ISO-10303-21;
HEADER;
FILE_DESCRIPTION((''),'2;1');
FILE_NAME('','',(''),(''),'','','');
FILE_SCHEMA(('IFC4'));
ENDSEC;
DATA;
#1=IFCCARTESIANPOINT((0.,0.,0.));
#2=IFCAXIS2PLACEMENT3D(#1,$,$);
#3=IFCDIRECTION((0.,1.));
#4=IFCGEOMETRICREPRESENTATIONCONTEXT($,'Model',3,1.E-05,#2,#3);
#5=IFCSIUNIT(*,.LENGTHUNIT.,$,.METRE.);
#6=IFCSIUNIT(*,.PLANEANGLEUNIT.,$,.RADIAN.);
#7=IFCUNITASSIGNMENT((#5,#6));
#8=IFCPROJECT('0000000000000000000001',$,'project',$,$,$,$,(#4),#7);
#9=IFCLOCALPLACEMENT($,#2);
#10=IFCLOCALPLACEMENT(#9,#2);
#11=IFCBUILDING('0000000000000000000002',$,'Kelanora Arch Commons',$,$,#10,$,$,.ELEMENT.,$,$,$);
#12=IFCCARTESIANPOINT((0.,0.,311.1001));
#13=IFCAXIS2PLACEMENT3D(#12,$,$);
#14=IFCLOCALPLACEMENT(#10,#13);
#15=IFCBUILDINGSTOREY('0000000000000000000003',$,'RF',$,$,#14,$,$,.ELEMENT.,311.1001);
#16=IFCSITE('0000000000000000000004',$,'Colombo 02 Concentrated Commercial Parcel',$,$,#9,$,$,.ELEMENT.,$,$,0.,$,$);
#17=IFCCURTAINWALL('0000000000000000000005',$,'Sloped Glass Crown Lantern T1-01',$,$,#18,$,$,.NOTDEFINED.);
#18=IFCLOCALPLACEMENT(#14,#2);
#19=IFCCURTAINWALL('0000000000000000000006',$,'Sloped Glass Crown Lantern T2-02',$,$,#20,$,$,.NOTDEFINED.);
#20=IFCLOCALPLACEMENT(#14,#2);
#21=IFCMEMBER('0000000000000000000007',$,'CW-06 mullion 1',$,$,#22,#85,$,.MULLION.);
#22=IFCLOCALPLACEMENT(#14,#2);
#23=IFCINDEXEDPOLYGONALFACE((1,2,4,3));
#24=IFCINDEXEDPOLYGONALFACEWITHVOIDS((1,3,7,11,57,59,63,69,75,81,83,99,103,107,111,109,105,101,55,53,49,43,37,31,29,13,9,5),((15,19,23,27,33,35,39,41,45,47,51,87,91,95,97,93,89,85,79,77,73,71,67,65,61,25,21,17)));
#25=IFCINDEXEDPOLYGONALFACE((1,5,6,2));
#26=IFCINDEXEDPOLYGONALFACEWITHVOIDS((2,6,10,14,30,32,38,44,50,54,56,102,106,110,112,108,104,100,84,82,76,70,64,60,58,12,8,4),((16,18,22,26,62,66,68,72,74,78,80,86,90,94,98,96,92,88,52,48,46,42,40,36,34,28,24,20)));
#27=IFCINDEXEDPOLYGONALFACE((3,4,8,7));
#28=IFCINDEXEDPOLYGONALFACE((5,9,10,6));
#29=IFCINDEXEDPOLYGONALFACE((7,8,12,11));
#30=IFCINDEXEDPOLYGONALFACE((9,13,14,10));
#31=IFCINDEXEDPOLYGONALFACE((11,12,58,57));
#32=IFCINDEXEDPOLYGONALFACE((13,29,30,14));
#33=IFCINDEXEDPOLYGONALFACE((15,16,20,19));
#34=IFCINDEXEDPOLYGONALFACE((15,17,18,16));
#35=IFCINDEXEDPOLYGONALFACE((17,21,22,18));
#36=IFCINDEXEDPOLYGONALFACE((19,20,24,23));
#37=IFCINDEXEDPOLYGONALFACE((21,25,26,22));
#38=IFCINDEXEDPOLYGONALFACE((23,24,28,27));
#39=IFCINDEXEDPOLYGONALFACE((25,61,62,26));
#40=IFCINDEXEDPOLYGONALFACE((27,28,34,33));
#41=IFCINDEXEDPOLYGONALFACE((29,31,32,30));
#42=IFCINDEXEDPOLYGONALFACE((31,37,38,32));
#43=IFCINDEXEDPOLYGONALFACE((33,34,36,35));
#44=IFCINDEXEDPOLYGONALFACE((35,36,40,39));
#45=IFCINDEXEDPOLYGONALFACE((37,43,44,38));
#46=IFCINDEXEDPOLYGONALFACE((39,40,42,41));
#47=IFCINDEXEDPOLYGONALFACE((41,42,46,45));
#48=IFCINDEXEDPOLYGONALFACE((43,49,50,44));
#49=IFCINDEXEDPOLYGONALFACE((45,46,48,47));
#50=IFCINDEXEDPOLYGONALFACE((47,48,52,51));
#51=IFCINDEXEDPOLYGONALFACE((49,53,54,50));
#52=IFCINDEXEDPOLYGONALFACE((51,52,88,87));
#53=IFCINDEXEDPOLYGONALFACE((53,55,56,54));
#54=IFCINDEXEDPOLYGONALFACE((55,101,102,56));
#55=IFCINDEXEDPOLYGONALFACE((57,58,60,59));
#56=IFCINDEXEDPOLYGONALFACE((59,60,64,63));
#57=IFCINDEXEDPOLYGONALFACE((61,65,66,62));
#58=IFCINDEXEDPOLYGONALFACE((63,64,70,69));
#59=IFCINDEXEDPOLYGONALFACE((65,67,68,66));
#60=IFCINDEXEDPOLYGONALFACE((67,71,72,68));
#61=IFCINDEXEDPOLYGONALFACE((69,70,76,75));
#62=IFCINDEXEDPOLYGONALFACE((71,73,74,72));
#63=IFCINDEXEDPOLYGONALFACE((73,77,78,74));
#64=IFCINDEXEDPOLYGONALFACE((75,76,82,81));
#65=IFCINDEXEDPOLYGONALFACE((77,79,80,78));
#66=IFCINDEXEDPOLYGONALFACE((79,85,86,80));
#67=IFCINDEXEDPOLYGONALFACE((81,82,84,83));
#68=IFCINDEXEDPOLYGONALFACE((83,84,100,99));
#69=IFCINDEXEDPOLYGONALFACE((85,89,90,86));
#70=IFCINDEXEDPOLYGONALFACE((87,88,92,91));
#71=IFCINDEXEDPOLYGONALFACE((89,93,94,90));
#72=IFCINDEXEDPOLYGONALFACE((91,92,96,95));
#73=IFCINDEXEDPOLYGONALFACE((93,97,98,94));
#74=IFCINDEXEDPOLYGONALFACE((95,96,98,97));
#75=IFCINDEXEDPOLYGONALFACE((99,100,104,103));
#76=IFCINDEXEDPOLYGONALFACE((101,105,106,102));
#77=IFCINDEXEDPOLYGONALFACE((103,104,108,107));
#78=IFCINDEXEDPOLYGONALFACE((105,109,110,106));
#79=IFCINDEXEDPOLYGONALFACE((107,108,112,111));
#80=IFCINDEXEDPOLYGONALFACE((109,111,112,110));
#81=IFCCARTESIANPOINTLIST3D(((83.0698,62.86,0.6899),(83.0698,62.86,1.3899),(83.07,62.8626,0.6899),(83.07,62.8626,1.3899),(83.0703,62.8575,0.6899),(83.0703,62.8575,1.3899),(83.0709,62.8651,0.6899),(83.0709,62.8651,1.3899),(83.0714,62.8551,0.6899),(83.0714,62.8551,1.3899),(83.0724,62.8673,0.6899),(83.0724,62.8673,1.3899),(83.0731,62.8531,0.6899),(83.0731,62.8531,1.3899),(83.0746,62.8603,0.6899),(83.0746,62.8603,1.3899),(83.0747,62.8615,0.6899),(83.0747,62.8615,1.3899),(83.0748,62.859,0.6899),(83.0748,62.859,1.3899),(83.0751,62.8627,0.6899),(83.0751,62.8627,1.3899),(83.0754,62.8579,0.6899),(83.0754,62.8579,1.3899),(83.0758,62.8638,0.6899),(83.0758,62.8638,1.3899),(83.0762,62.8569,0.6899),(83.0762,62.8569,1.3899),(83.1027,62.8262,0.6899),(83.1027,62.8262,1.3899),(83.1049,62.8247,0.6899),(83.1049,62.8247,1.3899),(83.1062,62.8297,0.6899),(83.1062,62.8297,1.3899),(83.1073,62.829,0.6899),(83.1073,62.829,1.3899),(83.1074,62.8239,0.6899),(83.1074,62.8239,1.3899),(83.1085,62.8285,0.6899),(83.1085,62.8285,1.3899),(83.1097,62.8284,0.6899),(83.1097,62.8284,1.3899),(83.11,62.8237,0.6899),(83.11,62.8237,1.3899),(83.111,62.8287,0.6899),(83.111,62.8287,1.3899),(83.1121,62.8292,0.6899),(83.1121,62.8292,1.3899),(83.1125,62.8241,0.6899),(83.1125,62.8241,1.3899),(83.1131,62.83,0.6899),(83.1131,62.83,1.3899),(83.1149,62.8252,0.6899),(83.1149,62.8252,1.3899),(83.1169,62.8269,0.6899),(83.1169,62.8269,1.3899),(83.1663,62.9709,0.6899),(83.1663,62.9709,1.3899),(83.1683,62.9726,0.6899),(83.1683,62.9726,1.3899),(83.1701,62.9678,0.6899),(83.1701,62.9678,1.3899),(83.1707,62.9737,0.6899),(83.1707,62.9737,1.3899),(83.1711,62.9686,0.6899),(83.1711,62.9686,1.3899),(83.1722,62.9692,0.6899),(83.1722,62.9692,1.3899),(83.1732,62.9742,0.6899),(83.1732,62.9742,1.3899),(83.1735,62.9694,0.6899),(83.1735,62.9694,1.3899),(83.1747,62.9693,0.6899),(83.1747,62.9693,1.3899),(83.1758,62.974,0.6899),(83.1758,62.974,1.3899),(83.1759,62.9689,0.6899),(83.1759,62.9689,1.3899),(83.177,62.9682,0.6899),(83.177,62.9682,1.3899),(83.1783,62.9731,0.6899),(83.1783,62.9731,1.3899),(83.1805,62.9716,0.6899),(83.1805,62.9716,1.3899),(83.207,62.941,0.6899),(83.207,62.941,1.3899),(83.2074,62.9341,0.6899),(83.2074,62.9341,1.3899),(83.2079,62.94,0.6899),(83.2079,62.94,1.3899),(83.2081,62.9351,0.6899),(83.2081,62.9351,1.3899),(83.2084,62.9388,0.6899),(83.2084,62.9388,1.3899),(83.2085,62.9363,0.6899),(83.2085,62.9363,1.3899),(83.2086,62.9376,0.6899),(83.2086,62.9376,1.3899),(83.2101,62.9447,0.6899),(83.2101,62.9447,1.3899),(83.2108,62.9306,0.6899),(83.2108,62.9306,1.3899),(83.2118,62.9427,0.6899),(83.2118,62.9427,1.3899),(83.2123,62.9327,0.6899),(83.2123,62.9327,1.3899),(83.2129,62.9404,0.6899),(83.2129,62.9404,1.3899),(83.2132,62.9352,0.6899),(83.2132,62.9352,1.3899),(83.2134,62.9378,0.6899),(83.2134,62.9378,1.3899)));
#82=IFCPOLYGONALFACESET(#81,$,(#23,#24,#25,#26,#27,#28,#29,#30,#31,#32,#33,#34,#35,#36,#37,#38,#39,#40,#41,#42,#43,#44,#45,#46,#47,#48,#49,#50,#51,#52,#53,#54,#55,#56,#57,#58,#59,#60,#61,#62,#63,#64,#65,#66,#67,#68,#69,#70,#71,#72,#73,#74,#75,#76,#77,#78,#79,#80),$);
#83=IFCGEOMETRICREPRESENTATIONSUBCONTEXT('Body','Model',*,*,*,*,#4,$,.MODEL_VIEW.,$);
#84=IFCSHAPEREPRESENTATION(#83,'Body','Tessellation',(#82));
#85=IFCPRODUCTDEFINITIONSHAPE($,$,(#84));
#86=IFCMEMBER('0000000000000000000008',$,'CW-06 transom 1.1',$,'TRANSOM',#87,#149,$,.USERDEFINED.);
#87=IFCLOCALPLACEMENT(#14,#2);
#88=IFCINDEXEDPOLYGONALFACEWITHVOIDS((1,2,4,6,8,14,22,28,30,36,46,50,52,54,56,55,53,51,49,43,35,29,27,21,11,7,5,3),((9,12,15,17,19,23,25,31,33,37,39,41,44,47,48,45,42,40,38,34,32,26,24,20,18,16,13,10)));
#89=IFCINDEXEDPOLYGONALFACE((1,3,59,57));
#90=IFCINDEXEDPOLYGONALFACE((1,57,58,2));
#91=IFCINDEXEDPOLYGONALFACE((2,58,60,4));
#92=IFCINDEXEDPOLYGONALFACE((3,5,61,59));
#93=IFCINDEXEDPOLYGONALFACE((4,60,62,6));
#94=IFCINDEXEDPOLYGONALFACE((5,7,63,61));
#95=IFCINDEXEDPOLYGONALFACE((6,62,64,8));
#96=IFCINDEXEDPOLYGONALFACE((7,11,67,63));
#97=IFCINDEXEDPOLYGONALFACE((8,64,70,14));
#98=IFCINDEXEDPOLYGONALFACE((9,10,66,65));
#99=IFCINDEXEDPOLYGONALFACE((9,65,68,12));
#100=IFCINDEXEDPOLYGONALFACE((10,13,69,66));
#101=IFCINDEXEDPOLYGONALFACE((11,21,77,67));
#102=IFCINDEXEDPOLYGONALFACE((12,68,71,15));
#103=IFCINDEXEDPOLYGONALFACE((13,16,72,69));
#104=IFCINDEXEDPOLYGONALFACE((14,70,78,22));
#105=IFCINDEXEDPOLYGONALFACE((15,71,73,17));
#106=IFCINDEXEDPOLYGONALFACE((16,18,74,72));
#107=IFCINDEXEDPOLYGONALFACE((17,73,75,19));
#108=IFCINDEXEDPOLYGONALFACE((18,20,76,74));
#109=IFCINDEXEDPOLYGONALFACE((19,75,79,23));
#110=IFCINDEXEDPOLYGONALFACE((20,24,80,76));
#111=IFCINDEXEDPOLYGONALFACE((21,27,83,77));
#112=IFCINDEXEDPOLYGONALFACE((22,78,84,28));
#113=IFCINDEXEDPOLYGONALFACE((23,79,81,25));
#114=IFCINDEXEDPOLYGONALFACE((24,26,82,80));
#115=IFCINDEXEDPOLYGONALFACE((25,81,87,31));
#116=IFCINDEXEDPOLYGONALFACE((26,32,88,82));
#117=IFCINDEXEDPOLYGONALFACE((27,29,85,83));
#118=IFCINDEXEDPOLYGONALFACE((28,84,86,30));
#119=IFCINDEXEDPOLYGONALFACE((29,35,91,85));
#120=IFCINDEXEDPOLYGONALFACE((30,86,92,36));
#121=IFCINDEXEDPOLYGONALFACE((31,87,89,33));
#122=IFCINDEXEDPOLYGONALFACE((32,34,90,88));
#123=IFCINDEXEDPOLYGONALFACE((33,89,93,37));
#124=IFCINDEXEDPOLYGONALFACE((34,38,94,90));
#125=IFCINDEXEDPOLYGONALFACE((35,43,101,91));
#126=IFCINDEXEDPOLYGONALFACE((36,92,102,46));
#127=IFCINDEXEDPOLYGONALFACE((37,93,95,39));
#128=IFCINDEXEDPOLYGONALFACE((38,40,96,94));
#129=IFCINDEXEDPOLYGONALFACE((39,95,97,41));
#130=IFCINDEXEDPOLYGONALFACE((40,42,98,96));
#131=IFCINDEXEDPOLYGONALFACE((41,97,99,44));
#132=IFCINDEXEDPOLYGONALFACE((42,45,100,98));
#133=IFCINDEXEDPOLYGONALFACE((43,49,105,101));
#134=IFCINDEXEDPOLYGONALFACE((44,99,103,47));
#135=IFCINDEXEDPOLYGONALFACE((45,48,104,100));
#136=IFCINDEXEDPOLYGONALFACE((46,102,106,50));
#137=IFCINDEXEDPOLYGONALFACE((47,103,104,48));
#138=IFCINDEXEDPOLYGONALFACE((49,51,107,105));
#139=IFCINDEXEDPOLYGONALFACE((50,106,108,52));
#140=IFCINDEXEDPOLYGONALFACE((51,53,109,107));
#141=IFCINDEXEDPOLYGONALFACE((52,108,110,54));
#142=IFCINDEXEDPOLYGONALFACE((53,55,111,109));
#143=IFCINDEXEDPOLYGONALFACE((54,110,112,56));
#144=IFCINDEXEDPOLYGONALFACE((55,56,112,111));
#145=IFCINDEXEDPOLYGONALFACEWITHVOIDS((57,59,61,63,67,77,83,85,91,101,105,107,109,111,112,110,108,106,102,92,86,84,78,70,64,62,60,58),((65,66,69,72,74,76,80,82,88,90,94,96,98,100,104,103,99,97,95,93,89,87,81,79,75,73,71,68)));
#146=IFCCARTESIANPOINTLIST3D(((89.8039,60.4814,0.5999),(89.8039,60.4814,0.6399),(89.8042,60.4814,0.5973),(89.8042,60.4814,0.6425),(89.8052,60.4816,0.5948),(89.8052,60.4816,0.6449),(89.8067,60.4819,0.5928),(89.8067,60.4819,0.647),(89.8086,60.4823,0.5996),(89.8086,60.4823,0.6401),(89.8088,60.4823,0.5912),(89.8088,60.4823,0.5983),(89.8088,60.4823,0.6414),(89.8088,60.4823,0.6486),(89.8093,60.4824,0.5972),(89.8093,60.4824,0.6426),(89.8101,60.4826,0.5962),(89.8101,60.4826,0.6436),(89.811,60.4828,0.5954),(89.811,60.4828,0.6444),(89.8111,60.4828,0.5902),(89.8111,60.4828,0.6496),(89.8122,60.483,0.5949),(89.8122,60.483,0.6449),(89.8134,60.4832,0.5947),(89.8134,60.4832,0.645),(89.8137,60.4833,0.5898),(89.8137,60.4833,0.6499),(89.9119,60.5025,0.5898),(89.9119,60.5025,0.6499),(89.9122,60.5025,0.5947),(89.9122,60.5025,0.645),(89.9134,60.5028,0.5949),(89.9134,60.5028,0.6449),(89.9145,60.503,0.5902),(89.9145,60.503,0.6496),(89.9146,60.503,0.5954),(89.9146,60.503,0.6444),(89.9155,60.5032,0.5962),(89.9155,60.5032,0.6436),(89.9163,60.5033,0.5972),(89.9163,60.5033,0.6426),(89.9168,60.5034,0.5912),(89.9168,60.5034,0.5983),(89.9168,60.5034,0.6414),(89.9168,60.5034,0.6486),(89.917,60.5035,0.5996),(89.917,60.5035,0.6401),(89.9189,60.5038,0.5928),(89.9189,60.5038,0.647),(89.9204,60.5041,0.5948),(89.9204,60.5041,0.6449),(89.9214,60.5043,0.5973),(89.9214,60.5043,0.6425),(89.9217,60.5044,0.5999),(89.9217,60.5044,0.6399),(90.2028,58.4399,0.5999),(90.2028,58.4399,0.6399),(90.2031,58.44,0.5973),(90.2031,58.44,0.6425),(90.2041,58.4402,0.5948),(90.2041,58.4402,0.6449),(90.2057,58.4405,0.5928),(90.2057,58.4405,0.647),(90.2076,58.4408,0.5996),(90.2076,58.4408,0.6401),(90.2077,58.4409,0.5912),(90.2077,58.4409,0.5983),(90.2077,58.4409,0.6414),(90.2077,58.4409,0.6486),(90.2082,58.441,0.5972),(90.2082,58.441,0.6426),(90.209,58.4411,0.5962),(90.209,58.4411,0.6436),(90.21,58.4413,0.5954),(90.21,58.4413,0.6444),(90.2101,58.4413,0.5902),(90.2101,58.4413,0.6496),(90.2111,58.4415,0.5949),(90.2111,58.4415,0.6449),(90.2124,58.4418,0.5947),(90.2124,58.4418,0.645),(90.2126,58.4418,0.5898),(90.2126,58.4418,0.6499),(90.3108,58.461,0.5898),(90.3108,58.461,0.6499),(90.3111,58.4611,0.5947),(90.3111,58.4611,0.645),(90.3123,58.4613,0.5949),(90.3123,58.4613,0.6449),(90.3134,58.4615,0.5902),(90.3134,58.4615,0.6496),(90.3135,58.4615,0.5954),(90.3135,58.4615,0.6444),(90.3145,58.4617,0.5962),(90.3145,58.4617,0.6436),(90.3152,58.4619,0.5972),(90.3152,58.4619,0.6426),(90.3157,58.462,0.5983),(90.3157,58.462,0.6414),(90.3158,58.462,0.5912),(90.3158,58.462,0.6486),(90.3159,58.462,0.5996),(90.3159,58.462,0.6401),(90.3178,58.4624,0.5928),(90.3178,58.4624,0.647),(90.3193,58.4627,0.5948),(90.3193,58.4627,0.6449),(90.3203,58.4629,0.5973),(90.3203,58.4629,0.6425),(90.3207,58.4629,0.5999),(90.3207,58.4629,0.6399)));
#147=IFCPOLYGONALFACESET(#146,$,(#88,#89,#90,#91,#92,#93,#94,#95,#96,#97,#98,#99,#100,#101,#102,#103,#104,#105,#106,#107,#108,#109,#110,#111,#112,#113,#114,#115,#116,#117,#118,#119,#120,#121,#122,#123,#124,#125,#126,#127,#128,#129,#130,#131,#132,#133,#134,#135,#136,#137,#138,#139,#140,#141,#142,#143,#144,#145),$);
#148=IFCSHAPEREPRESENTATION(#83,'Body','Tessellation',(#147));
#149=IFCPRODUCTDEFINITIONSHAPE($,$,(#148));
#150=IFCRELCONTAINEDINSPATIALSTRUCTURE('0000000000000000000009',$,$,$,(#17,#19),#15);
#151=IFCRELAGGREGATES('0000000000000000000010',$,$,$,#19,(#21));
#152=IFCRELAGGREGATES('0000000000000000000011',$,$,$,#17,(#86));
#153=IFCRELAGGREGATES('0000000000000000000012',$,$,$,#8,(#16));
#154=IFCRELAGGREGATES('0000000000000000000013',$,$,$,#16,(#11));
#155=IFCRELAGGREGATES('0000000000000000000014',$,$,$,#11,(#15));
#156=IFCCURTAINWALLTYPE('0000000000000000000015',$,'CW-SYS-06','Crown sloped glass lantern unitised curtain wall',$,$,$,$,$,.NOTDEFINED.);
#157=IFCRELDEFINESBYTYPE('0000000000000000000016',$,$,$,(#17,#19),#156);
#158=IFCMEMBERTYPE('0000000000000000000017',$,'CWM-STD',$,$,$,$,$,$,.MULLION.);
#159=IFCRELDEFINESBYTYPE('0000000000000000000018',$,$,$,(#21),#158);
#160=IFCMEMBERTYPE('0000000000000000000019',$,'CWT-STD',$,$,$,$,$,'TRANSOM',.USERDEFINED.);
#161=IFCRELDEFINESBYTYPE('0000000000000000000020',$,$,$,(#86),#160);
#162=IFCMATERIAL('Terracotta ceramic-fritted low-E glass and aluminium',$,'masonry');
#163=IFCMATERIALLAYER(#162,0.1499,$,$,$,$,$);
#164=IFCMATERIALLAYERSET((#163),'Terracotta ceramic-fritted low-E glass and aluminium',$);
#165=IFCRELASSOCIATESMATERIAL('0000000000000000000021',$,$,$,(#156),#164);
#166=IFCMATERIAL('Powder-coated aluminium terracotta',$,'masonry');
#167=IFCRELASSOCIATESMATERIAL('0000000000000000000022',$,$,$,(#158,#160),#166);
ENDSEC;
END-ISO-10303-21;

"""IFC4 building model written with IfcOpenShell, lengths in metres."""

from ifc_helpers import new_model, si_unit, direction, frame, origin, origin_2d, place, context, subcontext, project, spatial, hollow_rectangle, extrude, material, layer, layer_set, material_profile, profile_set, type_object, element, aggregate, save


model = new_model("IFC4")

# Units and contexts
model_context = context("Model", 3, precision=1e-05, world=origin(), true_north=direction((0.0, 1.0)))
body_context = subcontext(model_context, "Body", "Model", "MODEL_VIEW")
ifc_project = project(units=[si_unit("LENGTHUNIT", "METRE"), si_unit("PLANEANGLEUNIT", "RADIAN")], contexts=[model_context])

# Site, building, storey
site_placement = place(None, origin())
site = spatial("IfcSite", under=ifc_project, at=site_placement, Name="Colombo 02 Concentrated Commercial Parcel", CompositionType="ELEMENT", RefElevation=0.0)
building_placement = place(site_placement, origin())
building = spatial("IfcBuilding", under=site, at=building_placement, Name="Kelanora Arch Commons", CompositionType="ELEMENT")
storey_placement = place(building_placement, frame((0.0, 0.0, 311.1001)))
storey = spatial("IfcBuildingStorey", under=building, at=storey_placement, Name="RF", CompositionType="ELEMENT", Elevation=311.1001)

# Curtain wall
ifc_material_1 = material(Name="Terracotta ceramic-fritted low-E glass and aluminium", Category="masonry")
ifc_layer_1 = layer(ifc_material_1, 0.1499)
ifc_layer_set_1 = layer_set([ifc_layer_1], Name="Terracotta ceramic-fritted low-E glass and aluminium")
curtain_wall_type = type_object("IfcCurtainWallType", Name="CW-SYS-06", Description="Crown sloped glass lantern unitised curtain wall", PredefinedType="NOTDEFINED", material=ifc_layer_set_1)
curtain_wall_1_placement = place(storey_placement, origin())
curtain_wall_1 = element("IfcCurtainWall", 1, at=curtain_wall_1_placement, inside=storey, type_object=curtain_wall_type, Name="Sloped Glass Crown Lantern T1-01", PredefinedType="NOTDEFINED")
ifc_material_2 = material(Name="Powder-coated aluminium terracotta", Category="masonry")
ifc_material_profile_1 = material_profile(ifc_material_2, hollow_rectangle(XDim=0.1599, YDim=0.0601, WallThickness=0.0049, InnerFilletRadius=0.0049, OuterFilletRadius=0.01, at=origin_2d()), Name="CWM160x60")
ifc_profile_set_1 = profile_set([ifc_material_profile_1], Name="Powder-coated aluminium terracotta")
member_type_1 = type_object("IfcMemberType", Name="CWM-STD", PredefinedType="MULLION", material=ifc_profile_set_1)

# Curtain wall, member
curtain_wall_2_placement = place(storey_placement, origin())
curtain_wall_2 = element("IfcCurtainWall", 2, at=curtain_wall_2_placement, inside=storey, type_object=curtain_wall_type, Name="Sloped Glass Crown Lantern T2-02", PredefinedType="NOTDEFINED")
member_1_placement = place(storey_placement, frame((83.1416, 62.8989, 0.6899), z_axis=(0.0, 0.0, 1.0), x_axis=(-0.671459, -0.741042, 0.0)))
member_1 = element("IfcMember", 3, at=member_1_placement, type_object=member_type_1, Name="CW-06 mullion 1", PredefinedType="MULLION", context=body_context, shape_type="SweptSolid", body=[
    extrude(hollow_rectangle(XDim=0.1599, YDim=0.0601, WallThickness=0.0049, InnerFilletRadius=0.0049, OuterFilletRadius=0.01, at=origin_2d()), origin(), (0.0, 0.0, 1.0), 0.7),
])

# Member
ifc_material_profile_2 = material_profile(ifc_material_2, hollow_rectangle(XDim=0.1201, YDim=0.0601, WallThickness=0.0049, InnerFilletRadius=0.0049, OuterFilletRadius=0.01, at=origin_2d()), Name="CWT120x60")
ifc_profile_set_2 = profile_set([ifc_material_profile_2], Name="Powder-coated aluminium terracotta")
member_type_2 = type_object("IfcMemberType", Name="CWT-STD", ElementType="TRANSOM", PredefinedType="USERDEFINED", material=ifc_profile_set_2)
member_2_placement = place(storey_placement, frame((90.2617, 58.4514, 0.6199), z_axis=(-0.191781, 0.981438, 0.0), x_axis=(-0.981438, -0.191781, 0.0)))
member_2 = element("IfcMember", 4, at=member_2_placement, type_object=member_type_2, Name="CW-06 transom 1.1", ObjectType="TRANSOM", PredefinedType="USERDEFINED", context=body_context, shape_type="SweptSolid", body=[
    extrude(hollow_rectangle(XDim=0.1201, YDim=0.0601, WallThickness=0.0049, InnerFilletRadius=0.0049, OuterFilletRadius=0.01, at=origin_2d()), origin(), (0.0, 0.0, 1.0), 2.0801),
])
aggregate(curtain_wall_2, [member_1])

aggregate(curtain_wall_1, [member_2])

save(model, "model.ifc")
